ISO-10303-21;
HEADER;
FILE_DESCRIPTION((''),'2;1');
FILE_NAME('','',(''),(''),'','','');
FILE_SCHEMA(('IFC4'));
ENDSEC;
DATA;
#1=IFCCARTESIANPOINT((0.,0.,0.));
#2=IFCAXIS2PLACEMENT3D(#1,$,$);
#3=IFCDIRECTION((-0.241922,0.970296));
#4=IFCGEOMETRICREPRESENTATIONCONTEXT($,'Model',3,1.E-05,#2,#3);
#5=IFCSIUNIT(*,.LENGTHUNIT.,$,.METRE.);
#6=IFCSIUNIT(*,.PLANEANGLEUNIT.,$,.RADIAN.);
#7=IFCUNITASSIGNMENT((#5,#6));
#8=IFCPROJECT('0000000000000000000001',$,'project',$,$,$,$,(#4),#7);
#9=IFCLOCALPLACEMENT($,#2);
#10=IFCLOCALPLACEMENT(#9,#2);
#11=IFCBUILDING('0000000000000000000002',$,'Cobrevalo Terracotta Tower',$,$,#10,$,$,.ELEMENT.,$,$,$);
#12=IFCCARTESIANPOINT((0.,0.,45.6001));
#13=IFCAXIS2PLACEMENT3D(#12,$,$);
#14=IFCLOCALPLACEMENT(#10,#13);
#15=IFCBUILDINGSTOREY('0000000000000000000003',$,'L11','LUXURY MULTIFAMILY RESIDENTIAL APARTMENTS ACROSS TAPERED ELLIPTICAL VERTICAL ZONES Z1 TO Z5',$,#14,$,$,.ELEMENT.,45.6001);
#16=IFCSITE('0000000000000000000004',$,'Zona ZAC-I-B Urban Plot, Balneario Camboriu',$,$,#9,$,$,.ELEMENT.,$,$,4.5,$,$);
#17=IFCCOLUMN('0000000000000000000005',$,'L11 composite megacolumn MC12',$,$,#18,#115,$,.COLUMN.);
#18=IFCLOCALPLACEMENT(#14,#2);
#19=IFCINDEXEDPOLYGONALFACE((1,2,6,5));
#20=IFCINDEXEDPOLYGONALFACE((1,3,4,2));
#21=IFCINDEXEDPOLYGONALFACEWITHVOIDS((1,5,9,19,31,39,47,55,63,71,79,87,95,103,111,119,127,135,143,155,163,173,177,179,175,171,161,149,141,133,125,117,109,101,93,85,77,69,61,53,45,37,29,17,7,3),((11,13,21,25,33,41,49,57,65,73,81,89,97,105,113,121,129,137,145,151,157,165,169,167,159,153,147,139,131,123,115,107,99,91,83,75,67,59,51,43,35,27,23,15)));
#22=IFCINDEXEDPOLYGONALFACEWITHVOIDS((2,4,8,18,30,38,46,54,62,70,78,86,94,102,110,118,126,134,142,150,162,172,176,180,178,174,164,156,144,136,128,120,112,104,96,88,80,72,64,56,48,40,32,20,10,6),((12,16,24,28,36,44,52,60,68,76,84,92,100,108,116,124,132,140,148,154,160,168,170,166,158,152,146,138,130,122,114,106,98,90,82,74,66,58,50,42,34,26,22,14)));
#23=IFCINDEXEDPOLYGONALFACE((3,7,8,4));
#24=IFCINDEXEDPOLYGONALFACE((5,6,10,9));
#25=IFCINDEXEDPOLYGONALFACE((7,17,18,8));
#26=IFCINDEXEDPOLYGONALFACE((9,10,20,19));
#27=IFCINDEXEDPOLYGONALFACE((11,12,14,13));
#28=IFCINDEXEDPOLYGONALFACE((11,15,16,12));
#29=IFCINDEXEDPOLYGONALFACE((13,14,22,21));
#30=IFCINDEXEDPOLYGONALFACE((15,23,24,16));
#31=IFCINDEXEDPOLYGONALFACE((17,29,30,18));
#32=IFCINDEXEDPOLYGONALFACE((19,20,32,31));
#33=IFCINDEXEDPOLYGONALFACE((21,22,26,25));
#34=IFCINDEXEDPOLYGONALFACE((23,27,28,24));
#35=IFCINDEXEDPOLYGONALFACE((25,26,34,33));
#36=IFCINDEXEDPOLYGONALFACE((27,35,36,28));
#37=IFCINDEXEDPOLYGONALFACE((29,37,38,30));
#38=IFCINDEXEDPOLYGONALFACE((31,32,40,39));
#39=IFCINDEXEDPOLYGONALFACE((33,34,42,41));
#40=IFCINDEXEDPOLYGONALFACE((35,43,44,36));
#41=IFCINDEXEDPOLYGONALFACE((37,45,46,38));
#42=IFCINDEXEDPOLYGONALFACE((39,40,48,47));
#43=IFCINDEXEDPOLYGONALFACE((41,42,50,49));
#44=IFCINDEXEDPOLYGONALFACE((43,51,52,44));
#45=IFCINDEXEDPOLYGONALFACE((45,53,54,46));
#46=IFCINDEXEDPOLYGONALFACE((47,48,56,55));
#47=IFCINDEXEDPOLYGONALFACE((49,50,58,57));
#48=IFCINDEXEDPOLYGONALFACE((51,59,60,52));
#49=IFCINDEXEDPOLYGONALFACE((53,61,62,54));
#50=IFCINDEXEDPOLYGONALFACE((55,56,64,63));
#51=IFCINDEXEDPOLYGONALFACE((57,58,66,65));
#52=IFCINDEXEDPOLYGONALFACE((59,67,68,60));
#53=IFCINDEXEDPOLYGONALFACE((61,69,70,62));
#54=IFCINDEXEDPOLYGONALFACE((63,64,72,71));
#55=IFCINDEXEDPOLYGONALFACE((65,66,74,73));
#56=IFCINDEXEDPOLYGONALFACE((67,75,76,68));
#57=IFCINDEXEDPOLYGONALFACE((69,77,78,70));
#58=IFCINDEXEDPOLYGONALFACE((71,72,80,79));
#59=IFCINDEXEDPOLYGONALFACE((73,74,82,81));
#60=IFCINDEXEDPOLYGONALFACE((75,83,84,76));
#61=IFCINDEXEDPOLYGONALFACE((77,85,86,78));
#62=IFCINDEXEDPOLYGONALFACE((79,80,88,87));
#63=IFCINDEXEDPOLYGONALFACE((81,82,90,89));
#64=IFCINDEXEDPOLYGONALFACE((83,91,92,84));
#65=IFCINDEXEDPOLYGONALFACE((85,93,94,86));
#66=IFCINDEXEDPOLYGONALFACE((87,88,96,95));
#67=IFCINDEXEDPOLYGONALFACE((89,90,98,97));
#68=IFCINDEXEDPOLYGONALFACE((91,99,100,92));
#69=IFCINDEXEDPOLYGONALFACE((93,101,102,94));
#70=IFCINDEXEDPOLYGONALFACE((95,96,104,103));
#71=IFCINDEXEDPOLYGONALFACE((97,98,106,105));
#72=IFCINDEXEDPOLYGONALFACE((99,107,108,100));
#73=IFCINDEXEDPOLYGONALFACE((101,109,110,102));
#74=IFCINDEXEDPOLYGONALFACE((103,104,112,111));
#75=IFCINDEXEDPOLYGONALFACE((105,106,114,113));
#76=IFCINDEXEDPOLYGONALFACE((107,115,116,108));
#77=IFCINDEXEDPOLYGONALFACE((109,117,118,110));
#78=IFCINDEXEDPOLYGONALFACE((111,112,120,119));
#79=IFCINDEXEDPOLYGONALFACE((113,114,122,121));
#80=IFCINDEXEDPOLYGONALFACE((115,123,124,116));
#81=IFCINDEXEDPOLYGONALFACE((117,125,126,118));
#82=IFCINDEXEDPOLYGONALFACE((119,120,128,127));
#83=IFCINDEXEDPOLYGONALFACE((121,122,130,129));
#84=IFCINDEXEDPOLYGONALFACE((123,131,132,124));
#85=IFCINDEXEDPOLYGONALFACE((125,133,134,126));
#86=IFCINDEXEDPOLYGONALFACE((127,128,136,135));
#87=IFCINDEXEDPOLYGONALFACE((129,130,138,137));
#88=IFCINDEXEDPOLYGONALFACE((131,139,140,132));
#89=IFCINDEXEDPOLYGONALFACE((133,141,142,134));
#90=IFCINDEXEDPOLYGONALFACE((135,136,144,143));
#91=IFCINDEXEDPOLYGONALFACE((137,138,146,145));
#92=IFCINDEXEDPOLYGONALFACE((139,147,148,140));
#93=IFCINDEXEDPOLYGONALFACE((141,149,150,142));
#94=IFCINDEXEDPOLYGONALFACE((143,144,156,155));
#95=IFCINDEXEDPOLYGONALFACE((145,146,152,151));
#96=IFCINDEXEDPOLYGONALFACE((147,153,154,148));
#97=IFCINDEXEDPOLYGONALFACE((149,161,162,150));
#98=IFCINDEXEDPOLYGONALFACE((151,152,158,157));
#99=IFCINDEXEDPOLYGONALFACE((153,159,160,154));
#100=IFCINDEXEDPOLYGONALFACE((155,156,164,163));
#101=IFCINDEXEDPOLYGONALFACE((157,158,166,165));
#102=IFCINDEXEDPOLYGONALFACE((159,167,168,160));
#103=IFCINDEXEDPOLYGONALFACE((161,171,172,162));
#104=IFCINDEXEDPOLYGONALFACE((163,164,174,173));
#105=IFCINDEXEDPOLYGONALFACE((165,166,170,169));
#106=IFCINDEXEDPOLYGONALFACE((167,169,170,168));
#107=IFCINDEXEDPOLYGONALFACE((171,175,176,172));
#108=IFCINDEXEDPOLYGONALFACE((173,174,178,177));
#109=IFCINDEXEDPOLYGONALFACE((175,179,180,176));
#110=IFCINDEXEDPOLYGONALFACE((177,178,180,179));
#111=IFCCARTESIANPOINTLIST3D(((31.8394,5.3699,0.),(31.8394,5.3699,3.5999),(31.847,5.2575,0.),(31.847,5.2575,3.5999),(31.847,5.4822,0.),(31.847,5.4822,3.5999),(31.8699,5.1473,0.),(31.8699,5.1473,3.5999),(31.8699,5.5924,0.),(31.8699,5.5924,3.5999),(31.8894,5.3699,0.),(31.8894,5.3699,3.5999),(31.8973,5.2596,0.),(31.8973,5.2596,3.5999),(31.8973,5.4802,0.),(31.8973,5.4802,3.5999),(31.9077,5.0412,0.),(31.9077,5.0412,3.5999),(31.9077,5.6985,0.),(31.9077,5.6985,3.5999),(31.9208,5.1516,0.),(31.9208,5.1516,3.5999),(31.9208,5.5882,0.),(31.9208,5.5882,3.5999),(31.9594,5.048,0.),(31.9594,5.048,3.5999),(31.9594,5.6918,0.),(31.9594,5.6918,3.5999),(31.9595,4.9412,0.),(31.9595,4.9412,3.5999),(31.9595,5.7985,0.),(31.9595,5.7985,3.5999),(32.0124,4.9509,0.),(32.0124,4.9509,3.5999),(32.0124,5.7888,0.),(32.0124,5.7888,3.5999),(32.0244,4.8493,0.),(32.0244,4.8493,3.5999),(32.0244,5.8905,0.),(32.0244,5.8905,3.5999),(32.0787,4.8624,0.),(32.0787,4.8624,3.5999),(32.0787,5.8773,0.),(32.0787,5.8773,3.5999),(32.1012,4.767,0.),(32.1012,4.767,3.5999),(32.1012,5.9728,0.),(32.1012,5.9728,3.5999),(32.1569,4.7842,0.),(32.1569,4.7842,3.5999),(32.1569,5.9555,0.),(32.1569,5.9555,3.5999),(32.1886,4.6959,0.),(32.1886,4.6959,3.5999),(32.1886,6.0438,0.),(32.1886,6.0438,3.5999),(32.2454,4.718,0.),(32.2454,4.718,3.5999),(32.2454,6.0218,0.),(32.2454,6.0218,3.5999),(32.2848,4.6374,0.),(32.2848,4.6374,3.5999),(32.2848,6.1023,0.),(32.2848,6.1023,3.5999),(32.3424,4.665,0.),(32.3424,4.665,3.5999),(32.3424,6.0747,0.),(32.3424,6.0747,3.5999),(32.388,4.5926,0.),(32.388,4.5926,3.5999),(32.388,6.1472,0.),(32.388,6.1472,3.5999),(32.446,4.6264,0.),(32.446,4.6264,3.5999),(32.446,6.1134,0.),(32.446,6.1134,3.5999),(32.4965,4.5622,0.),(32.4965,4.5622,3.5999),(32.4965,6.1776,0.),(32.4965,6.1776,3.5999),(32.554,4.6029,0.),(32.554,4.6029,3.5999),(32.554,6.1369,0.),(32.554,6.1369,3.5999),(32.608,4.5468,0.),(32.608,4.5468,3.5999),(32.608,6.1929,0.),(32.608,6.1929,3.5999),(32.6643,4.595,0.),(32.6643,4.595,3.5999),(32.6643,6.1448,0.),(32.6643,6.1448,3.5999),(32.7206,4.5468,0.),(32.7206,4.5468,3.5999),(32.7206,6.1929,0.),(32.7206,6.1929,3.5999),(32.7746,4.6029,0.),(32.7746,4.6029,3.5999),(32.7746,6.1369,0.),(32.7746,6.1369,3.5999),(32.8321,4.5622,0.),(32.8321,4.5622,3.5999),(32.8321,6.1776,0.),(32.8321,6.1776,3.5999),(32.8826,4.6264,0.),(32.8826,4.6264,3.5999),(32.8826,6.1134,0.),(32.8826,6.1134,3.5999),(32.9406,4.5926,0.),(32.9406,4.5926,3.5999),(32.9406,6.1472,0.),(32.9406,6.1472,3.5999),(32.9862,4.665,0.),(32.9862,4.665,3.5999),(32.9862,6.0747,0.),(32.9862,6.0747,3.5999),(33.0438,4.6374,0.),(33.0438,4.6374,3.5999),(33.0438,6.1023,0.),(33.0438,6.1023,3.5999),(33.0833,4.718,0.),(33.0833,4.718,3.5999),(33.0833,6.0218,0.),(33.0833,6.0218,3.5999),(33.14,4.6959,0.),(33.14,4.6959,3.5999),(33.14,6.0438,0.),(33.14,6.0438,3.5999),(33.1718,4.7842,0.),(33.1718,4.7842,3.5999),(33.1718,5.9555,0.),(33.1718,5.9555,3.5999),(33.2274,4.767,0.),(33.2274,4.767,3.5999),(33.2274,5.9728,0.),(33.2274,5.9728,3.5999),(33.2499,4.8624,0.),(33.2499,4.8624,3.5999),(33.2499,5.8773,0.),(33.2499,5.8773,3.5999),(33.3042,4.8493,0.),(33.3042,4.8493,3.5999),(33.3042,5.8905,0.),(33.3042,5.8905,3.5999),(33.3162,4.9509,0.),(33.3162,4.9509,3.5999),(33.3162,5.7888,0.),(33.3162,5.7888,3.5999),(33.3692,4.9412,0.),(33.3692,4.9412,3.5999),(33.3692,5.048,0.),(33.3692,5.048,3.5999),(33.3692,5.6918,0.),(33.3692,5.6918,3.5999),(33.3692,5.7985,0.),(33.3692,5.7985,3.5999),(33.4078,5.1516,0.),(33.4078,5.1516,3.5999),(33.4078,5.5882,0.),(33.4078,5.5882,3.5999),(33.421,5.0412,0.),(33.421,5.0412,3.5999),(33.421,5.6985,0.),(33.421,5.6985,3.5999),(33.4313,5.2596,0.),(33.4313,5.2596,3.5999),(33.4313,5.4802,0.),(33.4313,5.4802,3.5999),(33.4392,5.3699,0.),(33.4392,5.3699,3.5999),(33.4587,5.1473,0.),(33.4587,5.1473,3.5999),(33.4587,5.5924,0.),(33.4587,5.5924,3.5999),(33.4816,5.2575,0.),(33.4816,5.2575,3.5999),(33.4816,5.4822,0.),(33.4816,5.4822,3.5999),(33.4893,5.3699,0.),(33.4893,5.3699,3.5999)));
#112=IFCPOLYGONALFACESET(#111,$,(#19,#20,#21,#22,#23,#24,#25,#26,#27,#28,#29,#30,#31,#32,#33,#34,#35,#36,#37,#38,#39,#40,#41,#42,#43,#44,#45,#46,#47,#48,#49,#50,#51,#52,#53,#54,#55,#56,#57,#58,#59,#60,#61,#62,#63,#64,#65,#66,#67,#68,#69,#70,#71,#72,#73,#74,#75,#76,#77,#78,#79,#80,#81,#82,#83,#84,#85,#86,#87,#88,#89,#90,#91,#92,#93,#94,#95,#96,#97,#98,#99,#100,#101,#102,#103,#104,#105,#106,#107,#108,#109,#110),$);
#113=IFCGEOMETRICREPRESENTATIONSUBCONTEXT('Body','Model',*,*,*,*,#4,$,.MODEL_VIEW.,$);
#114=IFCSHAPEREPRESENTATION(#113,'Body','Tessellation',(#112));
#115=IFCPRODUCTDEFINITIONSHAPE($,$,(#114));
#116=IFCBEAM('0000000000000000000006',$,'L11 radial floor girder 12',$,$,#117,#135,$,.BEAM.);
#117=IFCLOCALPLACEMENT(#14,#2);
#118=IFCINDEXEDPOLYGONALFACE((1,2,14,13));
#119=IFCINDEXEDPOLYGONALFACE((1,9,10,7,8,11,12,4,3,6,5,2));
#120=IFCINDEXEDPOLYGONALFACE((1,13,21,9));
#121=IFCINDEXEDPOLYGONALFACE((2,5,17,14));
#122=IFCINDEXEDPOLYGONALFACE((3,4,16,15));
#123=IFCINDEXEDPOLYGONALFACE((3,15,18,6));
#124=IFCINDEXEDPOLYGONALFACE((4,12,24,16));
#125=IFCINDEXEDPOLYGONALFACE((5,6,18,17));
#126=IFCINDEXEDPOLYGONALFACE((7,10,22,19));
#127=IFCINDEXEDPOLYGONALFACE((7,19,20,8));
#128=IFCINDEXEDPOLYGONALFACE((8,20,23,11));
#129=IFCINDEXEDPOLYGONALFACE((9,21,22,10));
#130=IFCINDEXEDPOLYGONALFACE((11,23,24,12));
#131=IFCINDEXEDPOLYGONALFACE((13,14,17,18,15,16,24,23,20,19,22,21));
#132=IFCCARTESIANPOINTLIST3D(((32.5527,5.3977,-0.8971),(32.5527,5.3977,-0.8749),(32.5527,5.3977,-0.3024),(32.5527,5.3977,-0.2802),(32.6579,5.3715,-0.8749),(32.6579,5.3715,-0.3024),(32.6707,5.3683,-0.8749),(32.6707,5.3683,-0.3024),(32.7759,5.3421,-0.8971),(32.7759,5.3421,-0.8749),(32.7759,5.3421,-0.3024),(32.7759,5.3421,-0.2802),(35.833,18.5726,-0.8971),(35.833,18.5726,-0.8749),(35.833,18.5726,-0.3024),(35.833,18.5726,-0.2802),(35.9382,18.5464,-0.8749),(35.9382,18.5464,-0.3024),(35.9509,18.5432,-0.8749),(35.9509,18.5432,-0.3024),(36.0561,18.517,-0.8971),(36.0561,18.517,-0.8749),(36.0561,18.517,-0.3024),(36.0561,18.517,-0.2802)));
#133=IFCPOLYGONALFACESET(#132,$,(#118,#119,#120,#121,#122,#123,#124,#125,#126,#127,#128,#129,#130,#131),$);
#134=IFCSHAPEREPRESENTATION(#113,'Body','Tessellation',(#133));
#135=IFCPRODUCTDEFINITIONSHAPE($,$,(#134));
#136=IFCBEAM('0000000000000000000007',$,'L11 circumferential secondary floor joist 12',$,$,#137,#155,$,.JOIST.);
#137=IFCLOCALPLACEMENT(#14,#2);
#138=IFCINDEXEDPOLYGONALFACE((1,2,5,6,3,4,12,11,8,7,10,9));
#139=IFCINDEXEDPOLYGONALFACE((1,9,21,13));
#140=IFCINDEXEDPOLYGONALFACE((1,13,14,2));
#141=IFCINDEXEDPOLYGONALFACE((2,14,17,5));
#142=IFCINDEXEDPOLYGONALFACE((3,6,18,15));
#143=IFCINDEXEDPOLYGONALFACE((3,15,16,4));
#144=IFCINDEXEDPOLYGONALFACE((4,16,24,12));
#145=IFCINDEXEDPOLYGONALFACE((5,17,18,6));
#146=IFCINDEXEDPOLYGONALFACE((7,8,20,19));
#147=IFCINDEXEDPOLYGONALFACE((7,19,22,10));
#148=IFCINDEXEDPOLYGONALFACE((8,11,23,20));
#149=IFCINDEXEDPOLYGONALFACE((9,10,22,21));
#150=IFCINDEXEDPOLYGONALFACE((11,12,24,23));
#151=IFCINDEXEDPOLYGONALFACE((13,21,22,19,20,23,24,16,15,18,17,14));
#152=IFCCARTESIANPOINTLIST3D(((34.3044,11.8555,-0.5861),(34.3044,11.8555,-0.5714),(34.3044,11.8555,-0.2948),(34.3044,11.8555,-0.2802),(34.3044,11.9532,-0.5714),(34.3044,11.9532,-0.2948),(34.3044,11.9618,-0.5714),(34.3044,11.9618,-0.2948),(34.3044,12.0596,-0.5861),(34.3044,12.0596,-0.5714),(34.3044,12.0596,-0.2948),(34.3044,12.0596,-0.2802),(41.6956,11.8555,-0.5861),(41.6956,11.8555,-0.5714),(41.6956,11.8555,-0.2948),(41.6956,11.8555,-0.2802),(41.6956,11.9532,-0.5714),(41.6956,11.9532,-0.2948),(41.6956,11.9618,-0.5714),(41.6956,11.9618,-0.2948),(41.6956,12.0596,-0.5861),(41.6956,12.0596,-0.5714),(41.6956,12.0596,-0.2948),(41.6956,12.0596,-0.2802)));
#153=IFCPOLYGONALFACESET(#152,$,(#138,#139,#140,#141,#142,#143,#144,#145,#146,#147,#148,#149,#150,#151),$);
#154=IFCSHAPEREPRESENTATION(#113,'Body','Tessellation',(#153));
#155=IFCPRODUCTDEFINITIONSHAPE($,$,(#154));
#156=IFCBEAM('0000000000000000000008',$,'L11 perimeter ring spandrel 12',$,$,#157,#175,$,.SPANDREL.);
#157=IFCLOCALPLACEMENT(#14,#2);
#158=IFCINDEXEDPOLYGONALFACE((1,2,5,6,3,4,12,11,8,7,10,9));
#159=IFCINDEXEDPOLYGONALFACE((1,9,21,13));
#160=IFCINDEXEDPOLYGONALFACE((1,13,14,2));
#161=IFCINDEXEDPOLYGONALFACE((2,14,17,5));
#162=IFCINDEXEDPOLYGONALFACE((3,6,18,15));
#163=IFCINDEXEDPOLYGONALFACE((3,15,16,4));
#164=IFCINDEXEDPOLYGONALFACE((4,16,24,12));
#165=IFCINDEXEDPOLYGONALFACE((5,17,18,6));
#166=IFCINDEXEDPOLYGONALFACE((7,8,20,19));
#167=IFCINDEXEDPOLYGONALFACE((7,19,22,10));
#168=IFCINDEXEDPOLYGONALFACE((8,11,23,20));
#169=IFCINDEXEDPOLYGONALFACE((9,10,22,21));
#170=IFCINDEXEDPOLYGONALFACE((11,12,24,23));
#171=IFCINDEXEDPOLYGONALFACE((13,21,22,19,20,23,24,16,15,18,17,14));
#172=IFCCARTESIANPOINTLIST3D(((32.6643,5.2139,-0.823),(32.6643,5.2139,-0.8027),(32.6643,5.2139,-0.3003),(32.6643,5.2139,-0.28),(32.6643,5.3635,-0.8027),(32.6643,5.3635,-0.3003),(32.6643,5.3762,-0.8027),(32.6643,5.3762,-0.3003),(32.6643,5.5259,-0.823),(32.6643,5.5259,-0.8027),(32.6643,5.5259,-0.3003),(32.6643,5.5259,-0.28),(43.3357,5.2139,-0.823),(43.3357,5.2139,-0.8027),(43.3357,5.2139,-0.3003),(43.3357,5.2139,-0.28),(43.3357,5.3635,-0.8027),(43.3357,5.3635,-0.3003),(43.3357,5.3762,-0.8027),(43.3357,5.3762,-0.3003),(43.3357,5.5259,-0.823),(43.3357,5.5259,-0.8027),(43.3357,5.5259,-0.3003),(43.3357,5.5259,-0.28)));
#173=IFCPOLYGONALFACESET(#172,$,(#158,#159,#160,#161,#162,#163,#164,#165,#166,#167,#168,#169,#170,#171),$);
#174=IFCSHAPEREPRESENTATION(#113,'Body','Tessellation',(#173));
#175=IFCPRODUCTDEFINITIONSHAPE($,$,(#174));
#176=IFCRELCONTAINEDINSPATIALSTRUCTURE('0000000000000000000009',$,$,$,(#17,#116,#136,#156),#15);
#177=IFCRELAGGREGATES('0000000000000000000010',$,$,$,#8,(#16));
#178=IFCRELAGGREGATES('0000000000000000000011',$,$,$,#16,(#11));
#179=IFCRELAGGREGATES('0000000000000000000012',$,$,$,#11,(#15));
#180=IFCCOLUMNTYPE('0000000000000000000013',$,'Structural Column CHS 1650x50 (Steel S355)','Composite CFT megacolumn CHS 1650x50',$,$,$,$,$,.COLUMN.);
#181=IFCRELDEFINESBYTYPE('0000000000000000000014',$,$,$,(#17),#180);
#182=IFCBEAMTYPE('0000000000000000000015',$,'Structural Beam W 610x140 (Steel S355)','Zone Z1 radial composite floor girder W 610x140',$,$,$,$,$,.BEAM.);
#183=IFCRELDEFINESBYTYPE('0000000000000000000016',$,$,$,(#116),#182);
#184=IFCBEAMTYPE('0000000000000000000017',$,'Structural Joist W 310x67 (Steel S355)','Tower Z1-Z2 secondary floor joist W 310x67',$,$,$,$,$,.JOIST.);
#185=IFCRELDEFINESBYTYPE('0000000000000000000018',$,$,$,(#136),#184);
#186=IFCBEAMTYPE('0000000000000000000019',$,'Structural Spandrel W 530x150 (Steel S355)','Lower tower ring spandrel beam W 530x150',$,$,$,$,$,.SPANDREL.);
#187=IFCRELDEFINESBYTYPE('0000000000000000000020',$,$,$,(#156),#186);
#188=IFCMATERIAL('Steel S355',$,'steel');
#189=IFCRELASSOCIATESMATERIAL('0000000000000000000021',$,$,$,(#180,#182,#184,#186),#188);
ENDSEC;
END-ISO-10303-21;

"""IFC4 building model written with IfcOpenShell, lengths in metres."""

from ifc_helpers import new_model, si_unit, direction, frame, origin, origin_2d, place, context, subcontext, project, spatial, hollow_circle, i_section, extrude, material, material_profile, profile_set, type_object, element, save


model = new_model("IFC4")

# Units and contexts
model_context = context("Model", 3, precision=1e-05, world=origin(), true_north=direction((-0.241922, 0.970296)))
body_context = subcontext(model_context, "Body", "Model", "MODEL_VIEW")
ifc_project = project(units=[si_unit("LENGTHUNIT", "METRE"), si_unit("PLANEANGLEUNIT", "RADIAN")], contexts=[model_context])

# Site, building, storey
site_placement = place(None, origin())
site = spatial("IfcSite", under=ifc_project, at=site_placement, Name="Zona ZAC-I-B Urban Plot, Balneario Camboriu", CompositionType="ELEMENT", RefElevation=4.5)
building_placement = place(site_placement, origin())
building = spatial("IfcBuilding", under=site, at=building_placement, Name="Cobrevalo Terracotta Tower", CompositionType="ELEMENT")
storey_placement = place(building_placement, frame((0.0, 0.0, 45.6001)))
storey = spatial("IfcBuildingStorey", under=building, at=storey_placement, Name="L11", Description="LUXURY MULTIFAMILY RESIDENTIAL APARTMENTS ACROSS TAPERED ELLIPTICAL VERTICAL ZONES Z1 TO Z5", CompositionType="ELEMENT", Elevation=45.6001)

# Column
ifc_material_1 = material(Name="Steel S355", Category="steel")
ifc_material_profile_1 = material_profile(ifc_material_1, hollow_circle(Radius=0.825, WallThickness=0.05, at=origin_2d()), Name="CHS 1650x50")
ifc_profile_set_1 = profile_set([ifc_material_profile_1], Name="Steel S355")
column_type = type_object("IfcColumnType", Name="Structural Column CHS 1650x50 (Steel S355)", Description="Composite CFT megacolumn CHS 1650x50", PredefinedType="COLUMN", material=ifc_profile_set_1)
column_placement = place(storey_placement, frame((32.6643, 5.3699, 0.0), z_axis=(0.0, 0.0, 1.0), x_axis=(1.0, 0.0, 0.0)))
element("IfcColumn", 1, at=column_placement, inside=storey, type_object=column_type, Name="L11 composite megacolumn MC12", PredefinedType="COLUMN", context=body_context, shape_type="SweptSolid", body=[
    extrude(hollow_circle(Radius=0.825, WallThickness=0.05, at=origin_2d()), origin(), (0.0, 0.0, 1.0), 3.5999),
])

# Beams
ifc_material_profile_2 = material_profile(ifc_material_1, i_section(OverallWidth=0.23, OverallDepth=0.6169, WebThickness=0.0132, FlangeThickness=0.0222, at=origin_2d()), Name="W 610x140")
ifc_profile_set_2 = profile_set([ifc_material_profile_2], Name="Steel S355")
beam_type_1 = type_object("IfcBeamType", Name="Structural Beam W 610x140 (Steel S355)", Description="Zone Z1 radial composite floor girder W 610x140", PredefinedType="BEAM", material=ifc_profile_set_2)
beam_1_placement = place(storey_placement, frame((32.6643, 5.3699, -0.5886), z_axis=(0.2416, 0.970376, 0.0), x_axis=(-0.970376, 0.2416, 0.0)))
element("IfcBeam", 2, at=beam_1_placement, inside=storey, type_object=beam_type_1, Name="L11 radial floor girder 12", PredefinedType="BEAM", context=body_context, shape_type="SweptSolid", body=[
    extrude(i_section(OverallWidth=0.23, OverallDepth=0.6169, WebThickness=0.0132, FlangeThickness=0.0222, at=origin_2d()), origin(), (0.0, 0.0, 1.0), 13.5771),
])
ifc_material_profile_3 = material_profile(ifc_material_1, i_section(OverallWidth=0.2041, OverallDepth=0.3059, WebThickness=0.0085, FlangeThickness=0.0146, at=origin_2d()), Name="W 310x67")
ifc_profile_set_3 = profile_set([ifc_material_profile_3], Name="Steel S355")
beam_type_2 = type_object("IfcBeamType", Name="Structural Joist W 310x67 (Steel S355)", Description="Tower Z1-Z2 secondary floor joist W 310x67", PredefinedType="JOIST", material=ifc_profile_set_3)
beam_2_placement = place(storey_placement, frame((34.3044, 11.9575, -0.4331), z_axis=(1.0, 0.0, 0.0), x_axis=(0.0, 1.0, 0.0)))
element("IfcBeam", 3, at=beam_2_placement, inside=storey, type_object=beam_type_2, Name="L11 circumferential secondary floor joist 12", PredefinedType="JOIST", context=body_context, shape_type="SweptSolid", body=[
    extrude(i_section(OverallWidth=0.2041, OverallDepth=0.3059, WebThickness=0.0085, FlangeThickness=0.0146, at=origin_2d()), origin(), (0.0, 0.0, 1.0), 7.3911),
])
ifc_material_profile_4 = material_profile(ifc_material_1, i_section(OverallWidth=0.312, OverallDepth=0.543, WebThickness=0.0127, FlangeThickness=0.0203, at=origin_2d()), Name="W 530x150")
ifc_profile_set_4 = profile_set([ifc_material_profile_4], Name="Steel S355")
beam_type_3 = type_object("IfcBeamType", Name="Structural Spandrel W 530x150 (Steel S355)", Description="Lower tower ring spandrel beam W 530x150", PredefinedType="SPANDREL", material=ifc_profile_set_4)
beam_3_placement = place(storey_placement, frame((32.6643, 5.3699, -0.5515), z_axis=(1.0, 0.0, 0.0), x_axis=(0.0, 1.0, 0.0)))
element("IfcBeam", 4, at=beam_3_placement, inside=storey, type_object=beam_type_3, Name="L11 perimeter ring spandrel 12", PredefinedType="SPANDREL", context=body_context, shape_type="SweptSolid", body=[
    extrude(i_section(OverallWidth=0.312, OverallDepth=0.543, WebThickness=0.0127, FlangeThickness=0.0203, at=origin_2d()), origin(), (0.0, 0.0, 1.0), 10.6714),
])

save(model, "model.ifc")
